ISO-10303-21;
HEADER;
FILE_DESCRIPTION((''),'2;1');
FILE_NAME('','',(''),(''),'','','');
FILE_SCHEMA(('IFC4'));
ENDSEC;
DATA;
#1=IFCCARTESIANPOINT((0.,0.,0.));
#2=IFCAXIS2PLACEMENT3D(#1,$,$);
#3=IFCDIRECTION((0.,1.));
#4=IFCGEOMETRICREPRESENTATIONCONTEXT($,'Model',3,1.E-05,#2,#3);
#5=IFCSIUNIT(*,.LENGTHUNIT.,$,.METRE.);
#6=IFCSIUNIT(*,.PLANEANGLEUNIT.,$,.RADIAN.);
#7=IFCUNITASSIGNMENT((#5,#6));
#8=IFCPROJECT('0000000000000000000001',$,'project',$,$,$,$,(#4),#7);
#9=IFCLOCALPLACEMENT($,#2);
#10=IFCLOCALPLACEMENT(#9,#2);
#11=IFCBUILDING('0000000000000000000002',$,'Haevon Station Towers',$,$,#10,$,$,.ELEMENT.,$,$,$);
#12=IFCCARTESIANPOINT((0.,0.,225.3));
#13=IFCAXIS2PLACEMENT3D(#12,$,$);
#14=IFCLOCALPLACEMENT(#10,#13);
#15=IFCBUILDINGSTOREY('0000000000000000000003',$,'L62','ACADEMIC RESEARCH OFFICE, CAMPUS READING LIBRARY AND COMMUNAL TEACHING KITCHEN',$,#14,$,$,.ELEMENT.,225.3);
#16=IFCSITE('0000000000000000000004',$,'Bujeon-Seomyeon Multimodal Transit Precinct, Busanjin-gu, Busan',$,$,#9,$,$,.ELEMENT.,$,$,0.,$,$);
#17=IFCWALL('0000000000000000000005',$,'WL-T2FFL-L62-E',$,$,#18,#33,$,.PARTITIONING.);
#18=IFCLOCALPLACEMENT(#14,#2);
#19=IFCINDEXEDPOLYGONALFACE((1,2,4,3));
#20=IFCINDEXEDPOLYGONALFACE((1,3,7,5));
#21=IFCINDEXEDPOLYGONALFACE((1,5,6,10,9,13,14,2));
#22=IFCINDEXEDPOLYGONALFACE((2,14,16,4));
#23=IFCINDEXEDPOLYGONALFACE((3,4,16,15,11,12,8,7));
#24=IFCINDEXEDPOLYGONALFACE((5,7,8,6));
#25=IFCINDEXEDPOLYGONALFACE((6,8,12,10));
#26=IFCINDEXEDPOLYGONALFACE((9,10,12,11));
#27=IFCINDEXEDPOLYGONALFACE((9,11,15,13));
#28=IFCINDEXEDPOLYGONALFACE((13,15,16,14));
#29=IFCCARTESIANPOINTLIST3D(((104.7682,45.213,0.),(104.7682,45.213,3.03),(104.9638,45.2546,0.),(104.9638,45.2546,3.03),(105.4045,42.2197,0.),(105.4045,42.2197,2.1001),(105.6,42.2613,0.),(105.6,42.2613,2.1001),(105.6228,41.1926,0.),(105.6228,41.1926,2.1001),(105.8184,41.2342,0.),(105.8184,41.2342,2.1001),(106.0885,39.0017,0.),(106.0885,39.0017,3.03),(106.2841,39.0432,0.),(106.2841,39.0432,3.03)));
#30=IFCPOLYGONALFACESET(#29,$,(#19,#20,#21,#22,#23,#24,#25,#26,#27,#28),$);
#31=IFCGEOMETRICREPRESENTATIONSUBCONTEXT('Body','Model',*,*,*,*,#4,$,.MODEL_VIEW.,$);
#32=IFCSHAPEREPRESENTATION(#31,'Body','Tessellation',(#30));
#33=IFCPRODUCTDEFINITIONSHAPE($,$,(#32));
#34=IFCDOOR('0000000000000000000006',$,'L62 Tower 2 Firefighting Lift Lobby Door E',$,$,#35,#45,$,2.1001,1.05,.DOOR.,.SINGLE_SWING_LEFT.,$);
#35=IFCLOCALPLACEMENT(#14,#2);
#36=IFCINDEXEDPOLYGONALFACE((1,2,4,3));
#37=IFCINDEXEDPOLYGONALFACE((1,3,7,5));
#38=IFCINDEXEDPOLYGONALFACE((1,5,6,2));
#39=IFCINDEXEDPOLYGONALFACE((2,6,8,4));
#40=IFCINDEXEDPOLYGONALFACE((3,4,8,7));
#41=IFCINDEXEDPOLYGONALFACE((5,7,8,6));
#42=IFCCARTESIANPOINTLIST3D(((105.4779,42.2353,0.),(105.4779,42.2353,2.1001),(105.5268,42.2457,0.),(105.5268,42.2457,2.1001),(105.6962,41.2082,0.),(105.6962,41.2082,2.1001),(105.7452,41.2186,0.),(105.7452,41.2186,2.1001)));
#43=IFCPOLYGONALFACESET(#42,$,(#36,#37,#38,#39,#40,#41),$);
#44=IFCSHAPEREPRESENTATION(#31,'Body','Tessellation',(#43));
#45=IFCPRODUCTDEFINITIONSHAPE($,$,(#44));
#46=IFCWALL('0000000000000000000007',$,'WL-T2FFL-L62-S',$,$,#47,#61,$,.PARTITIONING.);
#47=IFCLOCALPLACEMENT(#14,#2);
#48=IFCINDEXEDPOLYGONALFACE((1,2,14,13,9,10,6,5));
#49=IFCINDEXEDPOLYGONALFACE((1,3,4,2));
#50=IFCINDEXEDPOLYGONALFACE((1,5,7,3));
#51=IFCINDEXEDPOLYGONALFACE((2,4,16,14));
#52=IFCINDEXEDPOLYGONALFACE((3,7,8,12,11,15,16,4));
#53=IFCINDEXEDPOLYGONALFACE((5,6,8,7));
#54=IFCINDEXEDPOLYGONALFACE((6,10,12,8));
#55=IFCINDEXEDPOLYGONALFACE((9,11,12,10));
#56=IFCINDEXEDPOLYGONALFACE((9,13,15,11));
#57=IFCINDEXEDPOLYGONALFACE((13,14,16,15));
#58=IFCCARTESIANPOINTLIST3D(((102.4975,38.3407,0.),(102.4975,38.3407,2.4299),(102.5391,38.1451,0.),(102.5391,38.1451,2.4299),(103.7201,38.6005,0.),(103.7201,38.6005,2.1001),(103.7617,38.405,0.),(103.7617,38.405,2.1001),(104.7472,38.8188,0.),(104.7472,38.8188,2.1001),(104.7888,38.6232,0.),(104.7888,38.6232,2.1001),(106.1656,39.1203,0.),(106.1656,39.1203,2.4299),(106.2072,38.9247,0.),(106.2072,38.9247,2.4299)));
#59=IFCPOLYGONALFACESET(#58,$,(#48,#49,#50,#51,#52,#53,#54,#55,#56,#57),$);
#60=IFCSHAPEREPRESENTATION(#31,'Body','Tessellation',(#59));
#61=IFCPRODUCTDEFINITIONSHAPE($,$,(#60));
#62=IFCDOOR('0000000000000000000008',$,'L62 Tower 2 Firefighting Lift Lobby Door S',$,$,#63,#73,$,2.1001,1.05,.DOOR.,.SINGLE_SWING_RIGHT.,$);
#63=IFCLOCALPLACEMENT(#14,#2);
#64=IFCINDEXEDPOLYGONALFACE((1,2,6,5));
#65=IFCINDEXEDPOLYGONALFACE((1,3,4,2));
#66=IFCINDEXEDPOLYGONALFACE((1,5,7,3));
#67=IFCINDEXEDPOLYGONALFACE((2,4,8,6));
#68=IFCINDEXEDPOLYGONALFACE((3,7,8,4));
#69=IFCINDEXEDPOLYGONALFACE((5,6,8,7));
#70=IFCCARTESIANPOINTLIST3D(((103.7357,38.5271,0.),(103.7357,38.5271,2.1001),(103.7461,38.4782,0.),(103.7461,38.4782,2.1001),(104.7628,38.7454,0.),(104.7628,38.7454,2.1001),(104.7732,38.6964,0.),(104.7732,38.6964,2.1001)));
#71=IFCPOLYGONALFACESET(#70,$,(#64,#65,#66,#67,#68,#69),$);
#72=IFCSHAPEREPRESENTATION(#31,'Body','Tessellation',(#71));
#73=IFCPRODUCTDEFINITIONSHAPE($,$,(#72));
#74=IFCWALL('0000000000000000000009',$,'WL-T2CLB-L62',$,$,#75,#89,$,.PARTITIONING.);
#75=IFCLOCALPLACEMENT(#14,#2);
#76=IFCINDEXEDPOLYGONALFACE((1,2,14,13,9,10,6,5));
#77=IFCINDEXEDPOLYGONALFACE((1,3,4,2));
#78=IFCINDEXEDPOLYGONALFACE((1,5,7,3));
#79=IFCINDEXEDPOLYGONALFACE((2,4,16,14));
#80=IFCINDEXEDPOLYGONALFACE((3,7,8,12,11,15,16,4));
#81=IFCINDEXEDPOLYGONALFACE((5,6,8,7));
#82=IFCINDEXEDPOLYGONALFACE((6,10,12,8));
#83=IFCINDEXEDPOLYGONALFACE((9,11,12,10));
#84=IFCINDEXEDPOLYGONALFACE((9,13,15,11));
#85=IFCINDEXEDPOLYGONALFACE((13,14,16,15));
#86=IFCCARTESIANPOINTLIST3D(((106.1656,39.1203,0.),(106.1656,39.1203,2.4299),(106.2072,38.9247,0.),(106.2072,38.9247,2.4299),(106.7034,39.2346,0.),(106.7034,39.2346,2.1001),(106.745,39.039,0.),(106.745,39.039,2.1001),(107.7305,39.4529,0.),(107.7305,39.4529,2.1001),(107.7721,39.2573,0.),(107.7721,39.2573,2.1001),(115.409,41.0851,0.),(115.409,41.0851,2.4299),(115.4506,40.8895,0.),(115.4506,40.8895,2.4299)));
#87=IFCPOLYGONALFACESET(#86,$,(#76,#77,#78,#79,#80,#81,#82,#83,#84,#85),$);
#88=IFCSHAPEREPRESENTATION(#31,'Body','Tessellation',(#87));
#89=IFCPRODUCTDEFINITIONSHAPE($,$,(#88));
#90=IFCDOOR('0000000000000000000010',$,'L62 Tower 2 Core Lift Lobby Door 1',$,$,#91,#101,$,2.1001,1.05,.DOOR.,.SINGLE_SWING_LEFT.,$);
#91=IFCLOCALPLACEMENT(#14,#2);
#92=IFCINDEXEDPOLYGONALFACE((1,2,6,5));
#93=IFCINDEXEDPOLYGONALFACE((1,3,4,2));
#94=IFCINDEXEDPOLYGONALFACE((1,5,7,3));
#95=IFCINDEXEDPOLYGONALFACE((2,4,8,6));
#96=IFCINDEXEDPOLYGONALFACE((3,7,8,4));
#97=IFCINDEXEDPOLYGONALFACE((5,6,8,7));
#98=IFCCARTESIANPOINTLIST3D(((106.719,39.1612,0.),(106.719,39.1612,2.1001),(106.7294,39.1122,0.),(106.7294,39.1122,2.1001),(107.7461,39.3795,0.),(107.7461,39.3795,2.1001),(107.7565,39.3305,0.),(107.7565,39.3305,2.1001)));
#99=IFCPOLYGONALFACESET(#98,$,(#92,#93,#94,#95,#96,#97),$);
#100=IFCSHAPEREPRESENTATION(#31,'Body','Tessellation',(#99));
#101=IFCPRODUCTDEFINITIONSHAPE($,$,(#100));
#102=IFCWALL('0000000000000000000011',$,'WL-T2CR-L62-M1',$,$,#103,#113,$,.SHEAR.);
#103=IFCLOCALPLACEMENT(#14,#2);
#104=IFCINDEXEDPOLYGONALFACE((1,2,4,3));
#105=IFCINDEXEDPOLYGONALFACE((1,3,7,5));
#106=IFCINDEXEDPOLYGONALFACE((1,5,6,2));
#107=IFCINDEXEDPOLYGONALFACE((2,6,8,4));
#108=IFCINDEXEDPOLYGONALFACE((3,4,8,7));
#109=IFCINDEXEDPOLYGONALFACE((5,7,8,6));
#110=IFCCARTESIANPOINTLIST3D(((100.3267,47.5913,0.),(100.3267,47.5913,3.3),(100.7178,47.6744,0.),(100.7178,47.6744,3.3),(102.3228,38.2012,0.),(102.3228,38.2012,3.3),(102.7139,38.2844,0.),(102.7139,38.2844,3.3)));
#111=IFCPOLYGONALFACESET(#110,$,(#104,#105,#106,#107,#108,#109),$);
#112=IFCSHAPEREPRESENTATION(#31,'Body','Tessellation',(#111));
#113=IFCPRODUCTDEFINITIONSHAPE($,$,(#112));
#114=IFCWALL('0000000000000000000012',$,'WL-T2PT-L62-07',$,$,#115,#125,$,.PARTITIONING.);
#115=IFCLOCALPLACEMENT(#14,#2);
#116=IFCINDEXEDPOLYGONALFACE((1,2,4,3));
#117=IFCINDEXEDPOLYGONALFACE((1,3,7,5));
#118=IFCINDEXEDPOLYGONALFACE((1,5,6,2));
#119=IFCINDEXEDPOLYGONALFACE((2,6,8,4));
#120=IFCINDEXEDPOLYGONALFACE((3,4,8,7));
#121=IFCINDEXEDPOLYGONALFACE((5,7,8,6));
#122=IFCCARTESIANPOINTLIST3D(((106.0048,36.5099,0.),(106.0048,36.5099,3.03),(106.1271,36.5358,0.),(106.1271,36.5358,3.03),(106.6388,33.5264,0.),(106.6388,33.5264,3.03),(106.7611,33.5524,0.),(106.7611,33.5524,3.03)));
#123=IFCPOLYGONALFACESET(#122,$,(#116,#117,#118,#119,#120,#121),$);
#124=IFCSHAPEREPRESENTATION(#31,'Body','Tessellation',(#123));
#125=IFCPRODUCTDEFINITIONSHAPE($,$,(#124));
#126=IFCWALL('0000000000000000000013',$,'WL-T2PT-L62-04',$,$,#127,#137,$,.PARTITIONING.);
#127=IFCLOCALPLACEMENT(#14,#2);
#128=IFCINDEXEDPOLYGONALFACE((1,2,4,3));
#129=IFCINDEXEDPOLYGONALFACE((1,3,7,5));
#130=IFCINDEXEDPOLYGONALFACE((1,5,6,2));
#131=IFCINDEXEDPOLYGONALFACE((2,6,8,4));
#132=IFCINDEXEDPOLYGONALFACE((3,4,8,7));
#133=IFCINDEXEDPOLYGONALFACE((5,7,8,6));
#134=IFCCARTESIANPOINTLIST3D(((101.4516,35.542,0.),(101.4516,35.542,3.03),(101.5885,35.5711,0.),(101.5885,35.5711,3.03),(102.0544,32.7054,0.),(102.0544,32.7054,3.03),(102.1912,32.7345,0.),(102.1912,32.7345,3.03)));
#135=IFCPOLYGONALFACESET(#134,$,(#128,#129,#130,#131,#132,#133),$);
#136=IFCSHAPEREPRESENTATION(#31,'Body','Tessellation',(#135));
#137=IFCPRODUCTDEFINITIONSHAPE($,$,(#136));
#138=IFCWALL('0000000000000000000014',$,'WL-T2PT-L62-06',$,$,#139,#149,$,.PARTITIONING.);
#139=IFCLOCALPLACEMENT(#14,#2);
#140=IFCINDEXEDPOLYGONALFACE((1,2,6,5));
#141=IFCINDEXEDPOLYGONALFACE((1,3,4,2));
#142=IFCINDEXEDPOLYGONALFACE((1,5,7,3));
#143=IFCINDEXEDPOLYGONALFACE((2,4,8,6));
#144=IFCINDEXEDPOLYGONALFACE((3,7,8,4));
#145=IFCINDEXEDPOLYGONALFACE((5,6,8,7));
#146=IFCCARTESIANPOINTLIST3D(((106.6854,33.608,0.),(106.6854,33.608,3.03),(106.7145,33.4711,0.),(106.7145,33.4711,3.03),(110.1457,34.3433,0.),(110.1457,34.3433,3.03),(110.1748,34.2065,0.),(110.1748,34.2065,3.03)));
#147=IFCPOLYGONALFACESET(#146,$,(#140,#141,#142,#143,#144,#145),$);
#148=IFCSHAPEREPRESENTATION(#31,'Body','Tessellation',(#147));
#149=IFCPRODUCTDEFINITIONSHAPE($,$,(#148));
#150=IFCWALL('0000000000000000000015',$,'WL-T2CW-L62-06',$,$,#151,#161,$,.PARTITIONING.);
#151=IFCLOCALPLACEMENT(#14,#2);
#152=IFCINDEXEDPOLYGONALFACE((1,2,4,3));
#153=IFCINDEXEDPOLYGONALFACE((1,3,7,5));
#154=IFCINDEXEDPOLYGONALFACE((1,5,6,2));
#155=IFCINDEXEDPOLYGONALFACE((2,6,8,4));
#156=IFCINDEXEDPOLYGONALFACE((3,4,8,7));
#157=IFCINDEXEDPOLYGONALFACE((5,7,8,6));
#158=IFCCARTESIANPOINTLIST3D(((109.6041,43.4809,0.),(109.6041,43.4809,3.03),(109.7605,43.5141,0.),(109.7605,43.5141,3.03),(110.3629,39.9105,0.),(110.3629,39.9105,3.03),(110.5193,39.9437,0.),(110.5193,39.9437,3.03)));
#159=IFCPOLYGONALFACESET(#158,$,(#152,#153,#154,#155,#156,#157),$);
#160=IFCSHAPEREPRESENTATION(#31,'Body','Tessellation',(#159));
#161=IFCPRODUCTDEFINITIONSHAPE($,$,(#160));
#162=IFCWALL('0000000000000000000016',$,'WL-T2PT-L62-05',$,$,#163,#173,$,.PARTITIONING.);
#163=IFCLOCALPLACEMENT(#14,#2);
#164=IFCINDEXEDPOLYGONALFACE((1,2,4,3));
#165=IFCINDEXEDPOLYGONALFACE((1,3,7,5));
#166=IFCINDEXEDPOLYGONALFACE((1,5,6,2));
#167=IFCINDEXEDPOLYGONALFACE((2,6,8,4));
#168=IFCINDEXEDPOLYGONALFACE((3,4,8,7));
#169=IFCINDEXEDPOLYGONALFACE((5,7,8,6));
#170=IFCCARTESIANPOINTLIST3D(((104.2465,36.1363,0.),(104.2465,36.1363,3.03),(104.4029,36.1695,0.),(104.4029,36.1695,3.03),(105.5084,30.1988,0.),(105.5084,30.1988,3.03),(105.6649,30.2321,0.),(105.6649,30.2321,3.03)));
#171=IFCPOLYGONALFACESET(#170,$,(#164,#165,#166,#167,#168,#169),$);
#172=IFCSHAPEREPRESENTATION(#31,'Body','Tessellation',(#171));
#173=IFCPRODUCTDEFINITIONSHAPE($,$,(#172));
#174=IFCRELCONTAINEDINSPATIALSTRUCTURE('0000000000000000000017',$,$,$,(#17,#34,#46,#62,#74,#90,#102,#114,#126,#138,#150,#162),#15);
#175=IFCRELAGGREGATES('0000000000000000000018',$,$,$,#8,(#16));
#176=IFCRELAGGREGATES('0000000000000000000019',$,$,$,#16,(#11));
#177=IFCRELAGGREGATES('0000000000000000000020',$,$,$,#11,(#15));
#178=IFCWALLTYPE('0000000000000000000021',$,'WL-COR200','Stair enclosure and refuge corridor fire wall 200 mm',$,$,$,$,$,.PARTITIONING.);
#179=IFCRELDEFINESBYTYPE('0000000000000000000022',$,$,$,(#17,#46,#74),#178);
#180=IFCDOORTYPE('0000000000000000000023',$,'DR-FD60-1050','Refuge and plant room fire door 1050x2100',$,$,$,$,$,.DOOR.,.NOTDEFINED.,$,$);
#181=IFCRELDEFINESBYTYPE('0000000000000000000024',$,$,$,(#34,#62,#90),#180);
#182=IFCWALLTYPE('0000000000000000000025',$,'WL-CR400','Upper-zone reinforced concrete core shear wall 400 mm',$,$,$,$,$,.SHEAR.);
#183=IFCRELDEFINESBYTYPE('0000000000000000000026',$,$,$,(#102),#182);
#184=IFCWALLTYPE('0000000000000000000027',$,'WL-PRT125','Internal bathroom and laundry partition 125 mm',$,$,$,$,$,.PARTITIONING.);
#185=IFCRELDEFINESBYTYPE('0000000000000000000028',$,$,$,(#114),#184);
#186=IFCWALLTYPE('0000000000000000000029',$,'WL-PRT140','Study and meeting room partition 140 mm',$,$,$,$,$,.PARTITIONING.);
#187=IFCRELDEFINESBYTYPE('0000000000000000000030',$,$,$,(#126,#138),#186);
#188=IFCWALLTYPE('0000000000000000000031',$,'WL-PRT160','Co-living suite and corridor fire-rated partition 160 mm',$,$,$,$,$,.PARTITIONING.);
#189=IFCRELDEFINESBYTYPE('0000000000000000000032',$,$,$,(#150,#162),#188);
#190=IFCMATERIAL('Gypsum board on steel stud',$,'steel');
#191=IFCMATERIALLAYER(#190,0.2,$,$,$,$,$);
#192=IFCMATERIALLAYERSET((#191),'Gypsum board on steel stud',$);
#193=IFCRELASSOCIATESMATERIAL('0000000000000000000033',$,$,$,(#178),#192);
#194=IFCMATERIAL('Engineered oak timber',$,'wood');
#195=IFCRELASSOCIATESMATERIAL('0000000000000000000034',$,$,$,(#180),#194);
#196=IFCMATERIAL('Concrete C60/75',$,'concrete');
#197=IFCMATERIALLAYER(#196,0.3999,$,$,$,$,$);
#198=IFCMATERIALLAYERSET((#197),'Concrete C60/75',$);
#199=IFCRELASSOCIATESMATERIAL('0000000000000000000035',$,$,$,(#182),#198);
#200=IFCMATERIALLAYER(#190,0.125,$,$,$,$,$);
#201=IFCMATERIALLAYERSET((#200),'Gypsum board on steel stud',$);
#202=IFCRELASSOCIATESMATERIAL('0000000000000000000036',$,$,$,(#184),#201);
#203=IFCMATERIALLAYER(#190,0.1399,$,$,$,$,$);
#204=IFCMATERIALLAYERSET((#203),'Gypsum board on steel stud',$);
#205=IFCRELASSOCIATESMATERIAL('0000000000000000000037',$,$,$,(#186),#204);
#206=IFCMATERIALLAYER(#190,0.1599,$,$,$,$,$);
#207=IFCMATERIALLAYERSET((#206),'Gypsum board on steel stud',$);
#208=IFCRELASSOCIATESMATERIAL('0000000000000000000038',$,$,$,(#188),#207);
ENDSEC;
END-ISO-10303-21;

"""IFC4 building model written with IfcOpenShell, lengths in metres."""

from ifc_helpers import new_model, si_unit, direction, frame, frame_2d, origin, place, context, subcontext, project, spatial, rectangle, extrude, material, layer, layer_set, type_object, element, fill, save


model = new_model("IFC4")

# Units and contexts
model_context = context("Model", 3, precision=1e-05, world=origin(), true_north=direction((0.0, 1.0)))
body_context = subcontext(model_context, "Body", "Model", "MODEL_VIEW")
ifc_project = project(units=[si_unit("LENGTHUNIT", "METRE"), si_unit("PLANEANGLEUNIT", "RADIAN")], contexts=[model_context])

# Site, building, storey
site_placement = place(None, origin())
site = spatial("IfcSite", under=ifc_project, at=site_placement, Name="Bujeon-Seomyeon Multimodal Transit Precinct, Busanjin-gu, Busan", CompositionType="ELEMENT", RefElevation=0.0)
building_placement = place(site_placement, origin())
building = spatial("IfcBuilding", under=site, at=building_placement, Name="Haevon Station Towers", CompositionType="ELEMENT")
storey_placement = place(building_placement, frame((0.0, 0.0, 225.3)))
storey = spatial("IfcBuildingStorey", under=building, at=storey_placement, Name="L62", Description="ACADEMIC RESEARCH OFFICE, CAMPUS READING LIBRARY AND COMMUNAL TEACHING KITCHEN", CompositionType="ELEMENT", Elevation=225.3)

# Walls, openings, doors
ifc_material_1 = material(Name="Gypsum board on steel stud", Category="steel")
ifc_layer_1 = layer(ifc_material_1, 0.2)
ifc_layer_set_1 = layer_set([ifc_layer_1], Name="Gypsum board on steel stud")
wall_type_1 = type_object("IfcWallType", Name="WL-COR200", Description="Stair enclosure and refuge corridor fire wall 200 mm", PredefinedType="PARTITIONING", material=ifc_layer_set_1)
wall_1_placement = place(storey_placement, frame((106.1863, 39.0225, 0.0), z_axis=(0.0, 0.0, 1.0), x_axis=(-0.207917, 0.978147, 0.0)))
wall_1 = element("IfcWall", 1, at=wall_1_placement, inside=storey, type_object=wall_type_1, Name="WL-T2FFL-L62-E", PredefinedType="PARTITIONING", context=body_context, shape_type="SweptSolid", body=[
    extrude(rectangle(XDim=6.3501, YDim=0.2, at=frame_2d((3.175, 0.0))), origin(), (0.0, 0.0, 1.0), 3.03),
])
opening_1_placement = place(wall_1_placement, frame((2.24, 0.0, 0.0)))
opening_1 = element("IfcOpeningElement", 2, at=opening_1_placement, cuts=wall_1, PredefinedType="OPENING", context=body_context, shape_type="SweptSolid", body=[
    extrude(rectangle(XDim=1.05, YDim=2.1001, at=frame_2d((0.5249, 1.05))), frame((0.0, 0.1099, 0.0), z_axis=(0.0, -1.0, 0.0), x_axis=(1.0, 0.0, 0.0)), (0.0, 0.0, 1.0), 0.22),
])
ifc_material_2 = material(Name="Engineered oak timber", Category="wood")
door_type = type_object("IfcDoorType", Name="DR-FD60-1050", Description="Refuge and plant room fire door 1050x2100", OperationType="NOTDEFINED", PredefinedType="DOOR", material=ifc_material_2)
door_1_placement = place(opening_1_placement, origin())
door_1 = element("IfcDoor", 3, at=door_1_placement, inside=storey, type_object=door_type, Name="L62 Tower 2 Firefighting Lift Lobby Door E", OperationType="SINGLE_SWING_LEFT", OverallHeight=2.1001, OverallWidth=1.05, PredefinedType="DOOR", context=body_context, shape_type="SweptSolid", body=[
    extrude(rectangle(XDim=1.05, YDim=2.1001, at=frame_2d((0.5249, 1.05))), frame((0.0, 0.0249, 0.0), z_axis=(0.0, -1.0, 0.0), x_axis=(1.0, 0.0, 0.0)), (0.0, 0.0, 1.0), 0.05),
])
fill(opening_1, door_1)
wall_2_placement = place(storey_placement, frame((102.5183, 38.2429, 0.0), z_axis=(0.0, 0.0, 1.0), x_axis=(0.978154, 0.207884, 0.0)))
wall_2 = element("IfcWall", 4, at=wall_2_placement, inside=storey, type_object=wall_type_1, Name="WL-T2FFL-L62-S", PredefinedType="PARTITIONING", context=body_context, shape_type="SweptSolid", body=[
    extrude(rectangle(XDim=3.75, YDim=0.2, at=frame_2d((1.875, 0.0))), origin(), (0.0, 0.0, 1.0), 2.4299),
])
opening_2_placement = place(wall_2_placement, frame((1.25, 0.0, 0.0)))
opening_2 = element("IfcOpeningElement", 5, at=opening_2_placement, cuts=wall_2, PredefinedType="OPENING", context=body_context, shape_type="SweptSolid", body=[
    extrude(rectangle(XDim=1.05, YDim=2.1001, at=frame_2d((0.5249, 1.05))), frame((0.0, 0.1099, 0.0), z_axis=(0.0, -1.0, 0.0), x_axis=(1.0, 0.0, 0.0)), (0.0, 0.0, 1.0), 0.22),
])
door_2_placement = place(opening_2_placement, origin())
door_2 = element("IfcDoor", 6, at=door_2_placement, inside=storey, type_object=door_type, Name="L62 Tower 2 Firefighting Lift Lobby Door S", OperationType="SINGLE_SWING_RIGHT", OverallHeight=2.1001, OverallWidth=1.05, PredefinedType="DOOR", context=body_context, shape_type="SweptSolid", body=[
    extrude(rectangle(XDim=1.05, YDim=2.1001, at=frame_2d((0.5249, 1.05))), frame((0.0, 0.0249, 0.0), z_axis=(0.0, -1.0, 0.0), x_axis=(1.0, 0.0, 0.0)), (0.0, 0.0, 1.0), 0.05),
])
fill(opening_2, door_2)
wall_3_placement = place(storey_placement, frame((106.1863, 39.0225, 0.0), z_axis=(0.0, 0.0, 1.0), x_axis=(0.978146, 0.207921, 0.0)))
wall_3 = element("IfcWall", 7, at=wall_3_placement, inside=storey, type_object=wall_type_1, Name="WL-T2CLB-L62", PredefinedType="PARTITIONING", context=body_context, shape_type="SweptSolid", body=[
    extrude(rectangle(XDim=9.45, YDim=0.2, at=frame_2d((4.7251, 0.0))), origin(), (0.0, 0.0, 1.0), 2.4299),
])
opening_3_placement = place(wall_3_placement, frame((0.55, 0.0, 0.0)))
opening_3 = element("IfcOpeningElement", 8, at=opening_3_placement, cuts=wall_3, PredefinedType="OPENING", context=body_context, shape_type="SweptSolid", body=[
    extrude(rectangle(XDim=1.05, YDim=2.1001, at=frame_2d((0.5249, 1.05))), frame((0.0, 0.1099, 0.0), z_axis=(0.0, -1.0, 0.0), x_axis=(1.0, 0.0, 0.0)), (0.0, 0.0, 1.0), 0.22),
])
door_3_placement = place(opening_3_placement, origin())
door_3 = element("IfcDoor", 9, at=door_3_placement, inside=storey, type_object=door_type, Name="L62 Tower 2 Core Lift Lobby Door 1", OperationType="SINGLE_SWING_LEFT", OverallHeight=2.1001, OverallWidth=1.05, PredefinedType="DOOR", context=body_context, shape_type="SweptSolid", body=[
    extrude(rectangle(XDim=1.05, YDim=2.1001, at=frame_2d((0.5249, 1.05))), frame((0.0, 0.0249, 0.0), z_axis=(0.0, -1.0, 0.0), x_axis=(1.0, 0.0, 0.0)), (0.0, 0.0, 1.0), 0.05),
])
fill(opening_3, door_3)

# Walls
ifc_material_3 = material(Name="Concrete C60/75", Category="concrete")
ifc_layer_2 = layer(ifc_material_3, 0.3999)
ifc_layer_set_2 = layer_set([ifc_layer_2], Name="Concrete C60/75")
wall_type_2 = type_object("IfcWallType", Name="WL-CR400", Description="Upper-zone reinforced concrete core shear wall 400 mm", PredefinedType="SHEAR", material=ifc_layer_set_2)
wall_4_placement = place(storey_placement, frame((102.5183, 38.2429, 0.0), z_axis=(0.0, 0.0, 1.0), x_axis=(-0.207927, 0.978144, 0.0)))
element("IfcWall", 10, at=wall_4_placement, inside=storey, type_object=wall_type_2, Name="WL-T2CR-L62-M1", PredefinedType="SHEAR", context=body_context, shape_type="SweptSolid", body=[
    extrude(rectangle(XDim=9.5999, YDim=0.3999, at=frame_2d((4.7998, 0.0))), origin(), (0.0, 0.0, 1.0), 3.3),
])
ifc_layer_3 = layer(ifc_material_1, 0.125)
ifc_layer_set_3 = layer_set([ifc_layer_3], Name="Gypsum board on steel stud")
wall_type_3 = type_object("IfcWallType", Name="WL-PRT125", Description="Internal bathroom and laundry partition 125 mm", PredefinedType="PARTITIONING", material=ifc_layer_set_3)
wall_5_placement = place(storey_placement, frame((106.7, 33.5396, 0.0), z_axis=(0.0, 0.0, 1.0), x_axis=(-0.207878, 0.978155, 0.0)))
element("IfcWall", 11, at=wall_5_placement, inside=storey, type_object=wall_type_3, Name="WL-T2PT-L62-07", PredefinedType="PARTITIONING", context=body_context, shape_type="SweptSolid", body=[
    extrude(rectangle(XDim=3.05, YDim=0.125, at=frame_2d((1.5249, 0.0))), origin(), (0.0, 0.0, 1.0), 3.03),
])
ifc_layer_4 = layer(ifc_material_1, 0.1399)
ifc_layer_set_4 = layer_set([ifc_layer_4], Name="Gypsum board on steel stud")
wall_type_4 = type_object("IfcWallType", Name="WL-PRT140", Description="Study and meeting room partition 140 mm", PredefinedType="PARTITIONING", material=ifc_layer_set_4)
wall_6_placement = place(storey_placement, frame((102.1228, 32.72, 0.0), z_axis=(0.0, 0.0, 1.0), x_axis=(-0.207856, 0.978159, 0.0)))
element("IfcWall", 12, at=wall_6_placement, inside=storey, type_object=wall_type_4, Name="WL-T2PT-L62-04", PredefinedType="PARTITIONING", context=body_context, shape_type="SweptSolid", body=[
    extrude(rectangle(XDim=2.8999, YDim=0.1399, at=frame_2d((1.45, 0.0))), origin(), (0.0, 0.0, 1.0), 3.03),
])
wall_7_placement = place(storey_placement, frame((106.7, 33.5396, 0.0), z_axis=(0.0, 0.0, 1.0), x_axis=(0.978156, 0.207874, 0.0)))
element("IfcWall", 13, at=wall_7_placement, inside=storey, type_object=wall_type_4, Name="WL-T2PT-L62-06", PredefinedType="PARTITIONING", context=body_context, shape_type="SweptSolid", body=[
    extrude(rectangle(XDim=3.5376, YDim=0.1399, at=frame_2d((1.7688, 0.0))), origin(), (0.0, 0.0, 1.0), 3.03),
])
ifc_layer_5 = layer(ifc_material_1, 0.1599)
ifc_layer_set_5 = layer_set([ifc_layer_5], Name="Gypsum board on steel stud")
wall_type_5 = type_object("IfcWallType", Name="WL-PRT160", Description="Co-living suite and corridor fire-rated partition 160 mm", PredefinedType="PARTITIONING", material=ifc_layer_set_5)
wall_8_placement = place(storey_placement, frame((110.4412, 39.927, 0.0), z_axis=(0.0, 0.0, 1.0), x_axis=(-0.207884, 0.978153, 0.0)))
element("IfcWall", 14, at=wall_8_placement, inside=storey, type_object=wall_type_5, Name="WL-T2CW-L62-06", PredefinedType="PARTITIONING", context=body_context, shape_type="SweptSolid", body=[
    extrude(rectangle(XDim=3.6501, YDim=0.1599, at=frame_2d((1.8252, 0.0))), origin(), (0.0, 0.0, 1.0), 3.03),
])
wall_9_placement = place(storey_placement, frame((105.5867, 30.2153, 0.0), z_axis=(0.0, 0.0, 1.0), x_axis=(-0.207897, 0.978151, 0.0)))
element("IfcWall", 15, at=wall_9_placement, inside=storey, type_object=wall_type_5, Name="WL-T2PT-L62-05", PredefinedType="PARTITIONING", context=body_context, shape_type="SweptSolid", body=[
    extrude(rectangle(XDim=6.0701, YDim=0.1599, at=frame_2d((3.0352, 0.0))), origin(), (0.0, 0.0, 1.0), 3.03),
])

save(model, "model.ifc")
